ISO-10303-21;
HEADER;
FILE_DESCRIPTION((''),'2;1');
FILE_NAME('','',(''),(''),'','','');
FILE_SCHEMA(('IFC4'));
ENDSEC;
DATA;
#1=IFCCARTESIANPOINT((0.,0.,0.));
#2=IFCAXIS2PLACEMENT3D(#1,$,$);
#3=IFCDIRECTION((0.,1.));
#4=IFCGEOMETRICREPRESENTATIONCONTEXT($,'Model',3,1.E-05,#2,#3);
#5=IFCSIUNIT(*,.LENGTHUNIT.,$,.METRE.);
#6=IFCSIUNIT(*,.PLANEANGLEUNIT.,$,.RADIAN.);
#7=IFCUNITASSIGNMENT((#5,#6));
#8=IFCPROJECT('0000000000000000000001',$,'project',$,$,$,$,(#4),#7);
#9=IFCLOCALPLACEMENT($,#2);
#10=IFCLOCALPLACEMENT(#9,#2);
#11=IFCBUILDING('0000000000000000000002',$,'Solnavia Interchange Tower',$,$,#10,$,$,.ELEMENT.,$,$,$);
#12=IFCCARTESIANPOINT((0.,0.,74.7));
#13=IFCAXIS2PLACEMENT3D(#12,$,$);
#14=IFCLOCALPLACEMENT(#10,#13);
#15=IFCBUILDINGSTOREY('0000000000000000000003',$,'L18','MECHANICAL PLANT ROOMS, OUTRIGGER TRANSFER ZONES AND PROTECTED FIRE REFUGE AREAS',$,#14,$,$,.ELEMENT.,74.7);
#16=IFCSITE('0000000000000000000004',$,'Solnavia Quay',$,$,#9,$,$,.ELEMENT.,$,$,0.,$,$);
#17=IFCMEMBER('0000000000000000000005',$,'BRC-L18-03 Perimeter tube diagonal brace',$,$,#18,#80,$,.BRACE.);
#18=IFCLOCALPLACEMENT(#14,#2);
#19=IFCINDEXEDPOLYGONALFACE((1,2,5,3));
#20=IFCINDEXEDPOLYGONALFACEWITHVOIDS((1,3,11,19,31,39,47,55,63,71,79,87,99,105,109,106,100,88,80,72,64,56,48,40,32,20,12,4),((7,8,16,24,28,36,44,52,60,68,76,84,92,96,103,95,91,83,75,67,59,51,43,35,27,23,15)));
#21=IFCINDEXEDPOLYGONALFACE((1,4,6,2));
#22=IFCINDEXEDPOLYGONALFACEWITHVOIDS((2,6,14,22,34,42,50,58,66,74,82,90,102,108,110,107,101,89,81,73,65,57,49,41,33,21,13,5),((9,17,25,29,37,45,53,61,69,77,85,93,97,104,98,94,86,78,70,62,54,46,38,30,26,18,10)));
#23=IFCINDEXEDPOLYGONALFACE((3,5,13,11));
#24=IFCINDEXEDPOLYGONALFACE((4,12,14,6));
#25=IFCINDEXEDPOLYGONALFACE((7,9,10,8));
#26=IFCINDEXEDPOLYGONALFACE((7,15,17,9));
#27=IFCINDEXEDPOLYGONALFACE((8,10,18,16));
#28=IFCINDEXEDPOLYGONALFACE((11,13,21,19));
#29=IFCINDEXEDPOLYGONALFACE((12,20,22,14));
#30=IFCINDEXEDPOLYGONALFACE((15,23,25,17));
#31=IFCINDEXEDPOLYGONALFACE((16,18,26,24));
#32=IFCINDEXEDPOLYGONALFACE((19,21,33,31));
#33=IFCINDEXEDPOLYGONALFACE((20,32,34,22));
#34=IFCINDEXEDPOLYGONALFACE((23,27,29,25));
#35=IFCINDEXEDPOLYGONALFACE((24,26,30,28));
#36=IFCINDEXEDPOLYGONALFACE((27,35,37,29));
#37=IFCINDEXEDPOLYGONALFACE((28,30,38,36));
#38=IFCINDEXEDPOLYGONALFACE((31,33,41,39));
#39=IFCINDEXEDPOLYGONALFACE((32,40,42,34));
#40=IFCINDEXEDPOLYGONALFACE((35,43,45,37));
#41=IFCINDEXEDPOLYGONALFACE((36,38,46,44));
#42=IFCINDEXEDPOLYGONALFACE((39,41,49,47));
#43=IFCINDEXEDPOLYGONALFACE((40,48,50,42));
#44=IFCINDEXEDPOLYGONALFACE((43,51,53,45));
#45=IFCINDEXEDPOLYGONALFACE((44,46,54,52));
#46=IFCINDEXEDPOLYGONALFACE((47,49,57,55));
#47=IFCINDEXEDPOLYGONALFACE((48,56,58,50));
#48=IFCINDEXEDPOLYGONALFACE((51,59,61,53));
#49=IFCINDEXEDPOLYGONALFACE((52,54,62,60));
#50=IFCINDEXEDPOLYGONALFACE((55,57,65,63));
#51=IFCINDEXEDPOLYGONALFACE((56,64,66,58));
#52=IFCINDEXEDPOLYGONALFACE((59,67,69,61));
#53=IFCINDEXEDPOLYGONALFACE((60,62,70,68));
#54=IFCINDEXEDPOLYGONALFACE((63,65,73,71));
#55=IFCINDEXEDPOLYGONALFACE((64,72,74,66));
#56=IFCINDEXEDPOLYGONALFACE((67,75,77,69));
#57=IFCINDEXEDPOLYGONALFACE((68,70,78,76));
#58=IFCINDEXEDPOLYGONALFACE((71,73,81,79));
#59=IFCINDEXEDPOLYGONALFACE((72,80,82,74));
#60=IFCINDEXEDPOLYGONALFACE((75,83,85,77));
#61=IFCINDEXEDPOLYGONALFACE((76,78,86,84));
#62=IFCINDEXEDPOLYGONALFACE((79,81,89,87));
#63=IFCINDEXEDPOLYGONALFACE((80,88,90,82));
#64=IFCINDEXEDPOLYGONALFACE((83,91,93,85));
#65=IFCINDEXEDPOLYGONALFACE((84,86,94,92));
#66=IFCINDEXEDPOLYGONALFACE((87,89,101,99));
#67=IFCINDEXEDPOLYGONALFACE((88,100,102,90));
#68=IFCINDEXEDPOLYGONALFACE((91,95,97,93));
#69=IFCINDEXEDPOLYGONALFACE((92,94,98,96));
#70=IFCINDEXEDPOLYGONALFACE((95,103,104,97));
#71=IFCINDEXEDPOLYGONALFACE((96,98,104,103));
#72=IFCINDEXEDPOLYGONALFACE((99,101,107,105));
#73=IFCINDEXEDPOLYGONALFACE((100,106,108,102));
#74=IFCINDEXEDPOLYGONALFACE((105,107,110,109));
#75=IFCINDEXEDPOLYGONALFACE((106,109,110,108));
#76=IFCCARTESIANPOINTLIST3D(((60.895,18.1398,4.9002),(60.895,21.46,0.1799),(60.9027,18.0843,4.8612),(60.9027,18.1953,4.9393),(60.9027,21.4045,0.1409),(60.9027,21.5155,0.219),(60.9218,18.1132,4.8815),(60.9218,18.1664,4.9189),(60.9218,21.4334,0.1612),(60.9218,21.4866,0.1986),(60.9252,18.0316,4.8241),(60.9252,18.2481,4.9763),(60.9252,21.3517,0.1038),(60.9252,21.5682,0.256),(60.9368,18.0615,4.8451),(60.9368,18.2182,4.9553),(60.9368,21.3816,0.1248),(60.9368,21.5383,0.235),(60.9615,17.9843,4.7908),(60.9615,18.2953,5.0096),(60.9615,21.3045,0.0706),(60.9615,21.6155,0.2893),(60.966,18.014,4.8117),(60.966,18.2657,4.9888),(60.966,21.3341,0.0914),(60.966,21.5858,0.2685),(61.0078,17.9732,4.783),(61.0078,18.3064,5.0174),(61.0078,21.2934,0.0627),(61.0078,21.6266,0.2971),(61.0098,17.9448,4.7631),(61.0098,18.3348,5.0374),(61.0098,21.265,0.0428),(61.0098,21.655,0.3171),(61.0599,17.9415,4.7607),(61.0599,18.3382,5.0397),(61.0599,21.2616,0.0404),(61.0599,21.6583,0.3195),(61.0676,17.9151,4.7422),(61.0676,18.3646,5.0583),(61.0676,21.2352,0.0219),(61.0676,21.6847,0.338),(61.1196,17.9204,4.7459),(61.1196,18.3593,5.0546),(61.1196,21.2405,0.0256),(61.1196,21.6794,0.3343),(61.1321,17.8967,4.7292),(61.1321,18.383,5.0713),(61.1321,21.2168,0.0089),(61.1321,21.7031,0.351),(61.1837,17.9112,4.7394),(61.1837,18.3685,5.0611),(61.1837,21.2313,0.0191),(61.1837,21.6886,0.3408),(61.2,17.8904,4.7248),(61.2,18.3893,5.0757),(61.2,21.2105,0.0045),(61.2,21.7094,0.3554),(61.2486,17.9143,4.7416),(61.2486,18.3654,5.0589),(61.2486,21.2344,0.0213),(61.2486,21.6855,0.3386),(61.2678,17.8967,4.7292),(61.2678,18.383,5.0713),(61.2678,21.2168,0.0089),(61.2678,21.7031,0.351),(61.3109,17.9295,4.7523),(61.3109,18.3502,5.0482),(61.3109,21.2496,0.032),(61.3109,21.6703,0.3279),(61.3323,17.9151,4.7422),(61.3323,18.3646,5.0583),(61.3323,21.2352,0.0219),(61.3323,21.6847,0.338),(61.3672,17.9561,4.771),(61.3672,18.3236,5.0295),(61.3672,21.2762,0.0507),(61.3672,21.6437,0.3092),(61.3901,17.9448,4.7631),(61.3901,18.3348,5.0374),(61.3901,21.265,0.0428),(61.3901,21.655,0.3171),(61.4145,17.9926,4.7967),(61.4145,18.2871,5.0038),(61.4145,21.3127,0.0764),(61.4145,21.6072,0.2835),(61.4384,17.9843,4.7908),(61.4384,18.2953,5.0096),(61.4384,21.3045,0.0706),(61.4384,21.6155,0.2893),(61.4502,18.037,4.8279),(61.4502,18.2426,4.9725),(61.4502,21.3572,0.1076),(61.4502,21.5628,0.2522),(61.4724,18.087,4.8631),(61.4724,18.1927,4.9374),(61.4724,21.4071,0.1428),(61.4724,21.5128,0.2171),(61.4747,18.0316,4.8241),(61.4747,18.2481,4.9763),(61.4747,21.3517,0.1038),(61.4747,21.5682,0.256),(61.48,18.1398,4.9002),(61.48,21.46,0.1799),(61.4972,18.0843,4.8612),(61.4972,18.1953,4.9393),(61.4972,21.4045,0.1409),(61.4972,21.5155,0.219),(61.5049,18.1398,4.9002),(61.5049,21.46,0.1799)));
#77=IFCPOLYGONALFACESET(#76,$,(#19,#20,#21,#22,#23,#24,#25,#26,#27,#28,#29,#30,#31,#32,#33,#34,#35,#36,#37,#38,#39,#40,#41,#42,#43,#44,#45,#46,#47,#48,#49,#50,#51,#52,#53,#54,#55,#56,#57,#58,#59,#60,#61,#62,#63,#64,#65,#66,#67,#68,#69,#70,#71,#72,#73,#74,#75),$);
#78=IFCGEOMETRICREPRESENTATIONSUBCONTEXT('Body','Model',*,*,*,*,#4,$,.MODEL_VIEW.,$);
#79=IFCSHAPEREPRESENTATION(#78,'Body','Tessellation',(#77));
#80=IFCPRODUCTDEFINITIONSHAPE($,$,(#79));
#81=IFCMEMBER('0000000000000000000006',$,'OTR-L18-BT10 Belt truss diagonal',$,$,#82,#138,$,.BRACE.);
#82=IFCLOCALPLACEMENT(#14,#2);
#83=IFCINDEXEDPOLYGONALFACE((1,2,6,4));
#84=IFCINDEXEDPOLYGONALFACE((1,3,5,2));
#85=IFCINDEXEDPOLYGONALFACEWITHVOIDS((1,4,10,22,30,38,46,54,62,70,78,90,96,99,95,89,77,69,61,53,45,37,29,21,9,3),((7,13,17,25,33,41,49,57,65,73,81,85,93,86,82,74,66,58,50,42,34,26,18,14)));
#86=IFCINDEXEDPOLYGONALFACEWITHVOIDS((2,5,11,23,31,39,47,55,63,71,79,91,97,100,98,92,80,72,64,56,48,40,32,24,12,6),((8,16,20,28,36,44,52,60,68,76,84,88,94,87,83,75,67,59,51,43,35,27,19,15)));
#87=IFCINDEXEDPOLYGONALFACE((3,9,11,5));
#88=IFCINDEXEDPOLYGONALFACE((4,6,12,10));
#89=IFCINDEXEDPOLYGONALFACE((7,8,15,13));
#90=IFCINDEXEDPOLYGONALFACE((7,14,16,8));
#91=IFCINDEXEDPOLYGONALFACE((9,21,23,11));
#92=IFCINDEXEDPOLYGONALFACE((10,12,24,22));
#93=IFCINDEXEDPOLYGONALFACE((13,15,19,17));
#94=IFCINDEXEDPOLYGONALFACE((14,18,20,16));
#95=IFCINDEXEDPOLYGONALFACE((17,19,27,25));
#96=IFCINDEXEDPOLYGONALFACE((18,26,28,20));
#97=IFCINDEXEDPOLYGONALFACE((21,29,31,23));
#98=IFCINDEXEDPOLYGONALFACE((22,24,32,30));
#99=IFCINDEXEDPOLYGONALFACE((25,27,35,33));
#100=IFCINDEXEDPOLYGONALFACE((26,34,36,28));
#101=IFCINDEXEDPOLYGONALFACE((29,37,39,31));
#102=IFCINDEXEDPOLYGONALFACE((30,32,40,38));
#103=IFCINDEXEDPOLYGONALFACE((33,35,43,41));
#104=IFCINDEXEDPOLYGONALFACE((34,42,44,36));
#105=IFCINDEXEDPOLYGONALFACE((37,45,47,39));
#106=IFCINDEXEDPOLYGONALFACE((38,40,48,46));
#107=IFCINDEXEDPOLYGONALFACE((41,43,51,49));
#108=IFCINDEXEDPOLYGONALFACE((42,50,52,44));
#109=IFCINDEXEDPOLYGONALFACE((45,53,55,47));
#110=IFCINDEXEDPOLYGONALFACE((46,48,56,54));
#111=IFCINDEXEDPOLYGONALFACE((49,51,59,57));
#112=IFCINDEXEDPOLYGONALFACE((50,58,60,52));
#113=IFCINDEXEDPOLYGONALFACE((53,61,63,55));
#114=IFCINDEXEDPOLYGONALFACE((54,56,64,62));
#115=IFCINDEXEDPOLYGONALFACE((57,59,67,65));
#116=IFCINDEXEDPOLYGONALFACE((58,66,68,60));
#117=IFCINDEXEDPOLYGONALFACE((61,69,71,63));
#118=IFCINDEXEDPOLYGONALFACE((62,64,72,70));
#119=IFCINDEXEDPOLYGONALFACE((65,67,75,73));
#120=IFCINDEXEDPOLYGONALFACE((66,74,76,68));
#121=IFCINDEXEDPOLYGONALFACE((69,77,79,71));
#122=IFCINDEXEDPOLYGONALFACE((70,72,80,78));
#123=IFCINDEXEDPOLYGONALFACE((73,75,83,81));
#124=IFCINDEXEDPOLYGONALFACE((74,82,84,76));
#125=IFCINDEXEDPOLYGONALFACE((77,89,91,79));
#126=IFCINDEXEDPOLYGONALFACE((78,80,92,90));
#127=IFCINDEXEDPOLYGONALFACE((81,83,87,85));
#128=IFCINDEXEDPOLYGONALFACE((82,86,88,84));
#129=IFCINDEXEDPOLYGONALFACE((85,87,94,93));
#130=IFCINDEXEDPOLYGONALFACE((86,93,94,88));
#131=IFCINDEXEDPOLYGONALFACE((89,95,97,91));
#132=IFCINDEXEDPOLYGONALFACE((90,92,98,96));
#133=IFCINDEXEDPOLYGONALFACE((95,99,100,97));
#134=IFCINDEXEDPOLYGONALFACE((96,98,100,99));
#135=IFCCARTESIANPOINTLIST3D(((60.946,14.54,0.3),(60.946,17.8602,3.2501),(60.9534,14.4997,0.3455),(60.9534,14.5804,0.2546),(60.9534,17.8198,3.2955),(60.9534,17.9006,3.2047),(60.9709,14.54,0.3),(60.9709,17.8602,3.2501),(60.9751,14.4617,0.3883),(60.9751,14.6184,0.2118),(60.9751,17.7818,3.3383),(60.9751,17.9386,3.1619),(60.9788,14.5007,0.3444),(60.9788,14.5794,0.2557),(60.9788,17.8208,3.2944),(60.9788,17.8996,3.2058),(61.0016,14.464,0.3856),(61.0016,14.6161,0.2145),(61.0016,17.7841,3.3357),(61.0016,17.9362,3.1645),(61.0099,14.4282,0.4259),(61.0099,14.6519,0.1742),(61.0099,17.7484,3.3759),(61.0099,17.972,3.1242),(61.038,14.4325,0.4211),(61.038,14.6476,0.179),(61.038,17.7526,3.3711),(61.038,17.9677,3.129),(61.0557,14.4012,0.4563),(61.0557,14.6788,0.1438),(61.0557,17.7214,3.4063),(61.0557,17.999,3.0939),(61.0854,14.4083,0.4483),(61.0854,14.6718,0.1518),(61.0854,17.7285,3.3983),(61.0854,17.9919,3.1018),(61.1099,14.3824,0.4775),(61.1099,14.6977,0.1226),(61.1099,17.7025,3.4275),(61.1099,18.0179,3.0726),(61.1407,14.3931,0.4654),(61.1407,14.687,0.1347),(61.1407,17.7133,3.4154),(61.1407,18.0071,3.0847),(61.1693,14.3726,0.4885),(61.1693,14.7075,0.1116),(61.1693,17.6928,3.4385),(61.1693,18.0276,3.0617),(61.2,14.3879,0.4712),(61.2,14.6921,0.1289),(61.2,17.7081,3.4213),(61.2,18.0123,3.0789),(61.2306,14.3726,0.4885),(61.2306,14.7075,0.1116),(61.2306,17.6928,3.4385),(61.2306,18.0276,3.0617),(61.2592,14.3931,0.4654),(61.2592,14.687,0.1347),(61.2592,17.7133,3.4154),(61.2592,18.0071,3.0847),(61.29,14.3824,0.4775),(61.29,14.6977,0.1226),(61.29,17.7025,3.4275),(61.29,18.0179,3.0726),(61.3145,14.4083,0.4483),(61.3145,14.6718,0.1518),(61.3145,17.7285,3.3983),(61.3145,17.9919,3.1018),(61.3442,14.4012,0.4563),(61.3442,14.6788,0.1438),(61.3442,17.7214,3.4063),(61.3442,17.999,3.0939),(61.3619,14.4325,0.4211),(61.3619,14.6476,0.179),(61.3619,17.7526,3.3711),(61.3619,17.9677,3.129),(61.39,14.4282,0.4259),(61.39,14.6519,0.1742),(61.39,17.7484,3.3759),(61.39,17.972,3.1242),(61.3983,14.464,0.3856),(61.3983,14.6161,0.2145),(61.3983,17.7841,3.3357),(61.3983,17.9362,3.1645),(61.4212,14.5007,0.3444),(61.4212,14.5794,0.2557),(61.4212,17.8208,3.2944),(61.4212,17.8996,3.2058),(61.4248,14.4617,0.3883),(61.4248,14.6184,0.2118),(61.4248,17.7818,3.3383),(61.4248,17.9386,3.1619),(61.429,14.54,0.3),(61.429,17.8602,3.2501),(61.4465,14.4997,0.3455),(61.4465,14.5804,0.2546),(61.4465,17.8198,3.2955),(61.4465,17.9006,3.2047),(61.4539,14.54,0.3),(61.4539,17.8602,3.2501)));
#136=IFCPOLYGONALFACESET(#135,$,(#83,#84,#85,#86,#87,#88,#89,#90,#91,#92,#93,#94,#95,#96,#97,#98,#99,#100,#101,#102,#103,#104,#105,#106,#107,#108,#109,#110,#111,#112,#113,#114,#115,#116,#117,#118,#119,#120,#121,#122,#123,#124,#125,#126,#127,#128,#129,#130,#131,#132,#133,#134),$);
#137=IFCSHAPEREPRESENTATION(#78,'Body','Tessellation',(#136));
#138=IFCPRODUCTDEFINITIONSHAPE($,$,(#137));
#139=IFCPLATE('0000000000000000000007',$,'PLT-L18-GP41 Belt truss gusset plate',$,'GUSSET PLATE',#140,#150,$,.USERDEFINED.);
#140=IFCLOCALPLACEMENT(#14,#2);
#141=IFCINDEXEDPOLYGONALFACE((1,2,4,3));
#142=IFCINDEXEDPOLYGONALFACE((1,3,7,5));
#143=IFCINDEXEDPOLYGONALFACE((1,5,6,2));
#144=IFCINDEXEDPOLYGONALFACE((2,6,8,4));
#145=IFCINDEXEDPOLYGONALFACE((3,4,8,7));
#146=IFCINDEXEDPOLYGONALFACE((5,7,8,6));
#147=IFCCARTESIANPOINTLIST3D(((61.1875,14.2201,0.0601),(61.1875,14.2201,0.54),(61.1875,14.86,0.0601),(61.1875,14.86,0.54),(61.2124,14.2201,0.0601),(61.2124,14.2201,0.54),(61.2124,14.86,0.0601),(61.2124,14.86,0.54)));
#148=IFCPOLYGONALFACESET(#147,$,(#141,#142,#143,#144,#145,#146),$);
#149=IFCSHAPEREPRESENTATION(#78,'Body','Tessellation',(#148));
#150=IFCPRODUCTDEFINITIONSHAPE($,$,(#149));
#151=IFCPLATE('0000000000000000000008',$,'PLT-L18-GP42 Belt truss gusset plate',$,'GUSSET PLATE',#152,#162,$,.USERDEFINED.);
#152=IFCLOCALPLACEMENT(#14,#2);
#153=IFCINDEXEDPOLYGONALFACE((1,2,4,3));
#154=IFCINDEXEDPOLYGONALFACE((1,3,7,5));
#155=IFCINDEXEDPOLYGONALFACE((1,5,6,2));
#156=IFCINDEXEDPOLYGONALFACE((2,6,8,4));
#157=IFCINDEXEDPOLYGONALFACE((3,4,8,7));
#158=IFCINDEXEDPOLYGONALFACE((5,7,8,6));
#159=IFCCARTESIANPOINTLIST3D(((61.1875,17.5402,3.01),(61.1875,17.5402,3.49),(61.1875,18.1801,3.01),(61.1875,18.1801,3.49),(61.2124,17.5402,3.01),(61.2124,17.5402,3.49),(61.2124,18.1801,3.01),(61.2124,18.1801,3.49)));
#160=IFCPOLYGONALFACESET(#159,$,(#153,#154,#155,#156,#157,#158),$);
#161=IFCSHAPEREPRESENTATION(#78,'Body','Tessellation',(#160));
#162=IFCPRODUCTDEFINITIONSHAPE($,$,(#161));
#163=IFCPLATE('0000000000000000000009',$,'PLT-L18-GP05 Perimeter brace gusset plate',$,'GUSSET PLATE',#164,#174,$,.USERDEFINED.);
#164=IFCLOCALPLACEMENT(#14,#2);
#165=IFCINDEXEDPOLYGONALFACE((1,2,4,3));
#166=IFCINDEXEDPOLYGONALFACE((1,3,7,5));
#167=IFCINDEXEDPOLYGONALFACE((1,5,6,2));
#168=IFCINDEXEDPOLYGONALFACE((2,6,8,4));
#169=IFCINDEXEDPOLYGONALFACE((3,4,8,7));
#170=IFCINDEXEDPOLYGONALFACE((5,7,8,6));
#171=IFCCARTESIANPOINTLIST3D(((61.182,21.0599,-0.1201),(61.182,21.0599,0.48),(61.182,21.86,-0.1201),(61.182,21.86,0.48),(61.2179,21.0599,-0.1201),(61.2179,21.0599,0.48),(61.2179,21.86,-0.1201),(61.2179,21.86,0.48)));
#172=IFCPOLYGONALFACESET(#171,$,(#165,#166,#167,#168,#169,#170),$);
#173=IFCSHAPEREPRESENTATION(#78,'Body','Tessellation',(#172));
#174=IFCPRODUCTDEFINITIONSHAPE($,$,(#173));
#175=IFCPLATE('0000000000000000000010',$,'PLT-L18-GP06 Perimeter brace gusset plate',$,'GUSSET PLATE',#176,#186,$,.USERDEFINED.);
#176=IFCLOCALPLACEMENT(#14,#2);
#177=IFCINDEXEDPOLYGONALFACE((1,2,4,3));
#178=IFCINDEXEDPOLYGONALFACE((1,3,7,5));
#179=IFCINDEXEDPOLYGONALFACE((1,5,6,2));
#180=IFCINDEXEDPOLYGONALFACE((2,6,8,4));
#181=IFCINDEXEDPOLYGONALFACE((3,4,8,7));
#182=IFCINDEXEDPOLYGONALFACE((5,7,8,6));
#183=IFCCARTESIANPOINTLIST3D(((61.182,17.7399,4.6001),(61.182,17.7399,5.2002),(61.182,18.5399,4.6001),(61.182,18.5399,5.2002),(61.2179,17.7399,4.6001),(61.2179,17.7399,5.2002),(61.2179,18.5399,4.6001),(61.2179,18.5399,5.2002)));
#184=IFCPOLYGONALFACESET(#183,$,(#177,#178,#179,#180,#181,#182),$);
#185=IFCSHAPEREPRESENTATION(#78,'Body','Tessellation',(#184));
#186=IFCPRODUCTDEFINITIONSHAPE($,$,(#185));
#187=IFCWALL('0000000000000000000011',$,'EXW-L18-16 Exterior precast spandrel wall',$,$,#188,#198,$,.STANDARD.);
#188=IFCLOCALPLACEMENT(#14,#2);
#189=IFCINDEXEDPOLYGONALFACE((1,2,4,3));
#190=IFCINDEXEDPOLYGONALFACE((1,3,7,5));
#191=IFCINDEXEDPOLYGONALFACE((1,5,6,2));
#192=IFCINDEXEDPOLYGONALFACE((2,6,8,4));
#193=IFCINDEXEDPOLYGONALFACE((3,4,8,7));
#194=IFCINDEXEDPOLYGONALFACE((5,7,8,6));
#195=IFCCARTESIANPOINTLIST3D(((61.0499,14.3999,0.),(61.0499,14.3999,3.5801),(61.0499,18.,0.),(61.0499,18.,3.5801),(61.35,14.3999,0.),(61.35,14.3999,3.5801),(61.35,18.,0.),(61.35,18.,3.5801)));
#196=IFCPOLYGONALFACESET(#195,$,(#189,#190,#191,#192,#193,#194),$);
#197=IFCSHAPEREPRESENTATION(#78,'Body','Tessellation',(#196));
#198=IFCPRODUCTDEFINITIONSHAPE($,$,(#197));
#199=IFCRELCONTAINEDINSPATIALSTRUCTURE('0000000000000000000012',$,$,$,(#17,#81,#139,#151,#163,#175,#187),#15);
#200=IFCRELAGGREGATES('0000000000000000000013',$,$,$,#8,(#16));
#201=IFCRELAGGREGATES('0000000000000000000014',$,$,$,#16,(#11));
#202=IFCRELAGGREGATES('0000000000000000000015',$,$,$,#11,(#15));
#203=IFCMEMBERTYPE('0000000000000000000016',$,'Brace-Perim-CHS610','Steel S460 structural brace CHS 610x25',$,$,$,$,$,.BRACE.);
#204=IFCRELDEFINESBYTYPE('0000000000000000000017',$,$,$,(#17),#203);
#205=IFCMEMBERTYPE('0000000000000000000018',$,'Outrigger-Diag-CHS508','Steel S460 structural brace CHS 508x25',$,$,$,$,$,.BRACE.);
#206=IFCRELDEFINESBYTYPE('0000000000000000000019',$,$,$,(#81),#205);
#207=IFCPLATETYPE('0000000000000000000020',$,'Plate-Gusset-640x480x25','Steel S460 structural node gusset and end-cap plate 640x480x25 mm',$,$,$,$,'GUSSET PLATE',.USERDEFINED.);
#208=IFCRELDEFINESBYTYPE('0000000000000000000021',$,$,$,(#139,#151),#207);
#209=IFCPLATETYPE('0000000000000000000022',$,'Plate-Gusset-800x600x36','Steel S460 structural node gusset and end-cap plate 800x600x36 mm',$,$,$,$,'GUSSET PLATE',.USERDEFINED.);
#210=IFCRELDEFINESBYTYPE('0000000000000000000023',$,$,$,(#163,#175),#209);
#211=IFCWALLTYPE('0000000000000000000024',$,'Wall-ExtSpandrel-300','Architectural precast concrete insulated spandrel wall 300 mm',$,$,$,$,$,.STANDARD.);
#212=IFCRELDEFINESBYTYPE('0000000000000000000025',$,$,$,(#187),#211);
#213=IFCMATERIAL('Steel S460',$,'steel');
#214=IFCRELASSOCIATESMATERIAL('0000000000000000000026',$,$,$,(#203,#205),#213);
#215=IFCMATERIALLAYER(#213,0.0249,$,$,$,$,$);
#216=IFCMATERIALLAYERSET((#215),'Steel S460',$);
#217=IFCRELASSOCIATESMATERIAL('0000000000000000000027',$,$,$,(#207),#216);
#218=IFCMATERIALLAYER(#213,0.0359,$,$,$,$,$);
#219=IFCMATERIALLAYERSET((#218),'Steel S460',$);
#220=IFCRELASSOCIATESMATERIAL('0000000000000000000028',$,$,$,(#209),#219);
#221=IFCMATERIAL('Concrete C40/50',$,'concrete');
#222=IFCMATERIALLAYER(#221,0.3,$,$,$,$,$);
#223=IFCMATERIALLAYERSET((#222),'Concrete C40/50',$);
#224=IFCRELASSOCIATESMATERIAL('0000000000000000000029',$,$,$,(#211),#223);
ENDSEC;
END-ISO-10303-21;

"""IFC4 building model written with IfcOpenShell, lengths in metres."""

from ifc_helpers import new_model, si_unit, direction, frame, frame_2d, origin, origin_2d, place, context, subcontext, project, spatial, rectangle, hollow_circle, extrude, material, layer, layer_set, material_profile, profile_set, type_object, element, save


model = new_model("IFC4")

# Units and contexts
model_context = context("Model", 3, precision=1e-05, world=origin(), true_north=direction((0.0, 1.0)))
body_context = subcontext(model_context, "Body", "Model", "MODEL_VIEW")
ifc_project = project(units=[si_unit("LENGTHUNIT", "METRE"), si_unit("PLANEANGLEUNIT", "RADIAN")], contexts=[model_context])

# Site, building, storey
site_placement = place(None, origin())
site = spatial("IfcSite", under=ifc_project, at=site_placement, Name="Solnavia Quay", CompositionType="ELEMENT", RefElevation=0.0)
building_placement = place(site_placement, origin())
building = spatial("IfcBuilding", under=site, at=building_placement, Name="Solnavia Interchange Tower", CompositionType="ELEMENT")
storey_placement = place(building_placement, frame((0.0, 0.0, 74.7)))
storey = spatial("IfcBuildingStorey", under=building, at=storey_placement, Name="L18", Description="MECHANICAL PLANT ROOMS, OUTRIGGER TRANSFER ZONES AND PROTECTED FIRE REFUGE AREAS", CompositionType="ELEMENT", Elevation=74.7)

# Shared definitions
ifc_material_1 = material(Name="Steel S460", Category="steel")

# Members
ifc_material_profile_1 = material_profile(ifc_material_1, hollow_circle(Radius=0.3049, WallThickness=0.0249, at=origin_2d()), Name="CHS 610x25")
ifc_profile_set_1 = profile_set([ifc_material_profile_1], Name="Steel S460")
member_type_1 = type_object("IfcMemberType", Name="Brace-Perim-CHS610", Description="Steel S460 structural brace CHS 610x25", PredefinedType="BRACE", material=ifc_profile_set_1)
member_1_placement = place(storey_placement, frame((61.2, 21.46, 0.1799), z_axis=(0.0, -0.575312, 0.817934), x_axis=(1.0, 0.0, 0.0)))
element("IfcMember", 1, at=member_1_placement, inside=storey, type_object=member_type_1, Name="BRC-L18-03 Perimeter tube diagonal brace", PredefinedType="BRACE", context=body_context, shape_type="SweptSolid", body=[
    extrude(hollow_circle(Radius=0.3049, WallThickness=0.0249, at=origin_2d()), origin(), (0.0, 0.0, 1.0), 5.771),
])
ifc_material_profile_2 = material_profile(ifc_material_1, hollow_circle(Radius=0.2539, WallThickness=0.0249, at=origin_2d()), Name="CHS 508x25")
ifc_profile_set_2 = profile_set([ifc_material_profile_2], Name="Steel S460")
member_type_2 = type_object("IfcMemberType", Name="Outrigger-Diag-CHS508", Description="Steel S460 structural brace CHS 508x25", PredefinedType="BRACE", material=ifc_profile_set_2)
member_2_placement = place(storey_placement, frame((61.2, 14.54, 0.3), z_axis=(0.0, 0.747546, 0.66421), x_axis=(-1.0, 0.0, 0.0)))
element("IfcMember", 2, at=member_2_placement, inside=storey, type_object=member_type_2, Name="OTR-L18-BT10 Belt truss diagonal", PredefinedType="BRACE", context=body_context, shape_type="SweptSolid", body=[
    extrude(hollow_circle(Radius=0.2539, WallThickness=0.0249, at=origin_2d()), origin(), (0.0, 0.0, 1.0), 4.4414),
])

# Plates
ifc_layer_1 = layer(ifc_material_1, 0.0249)
ifc_layer_set_1 = layer_set([ifc_layer_1], Name="Steel S460")
plate_type_1 = type_object("IfcPlateType", Name="Plate-Gusset-640x480x25", Description="Steel S460 structural node gusset and end-cap plate 640x480x25 mm", ElementType="GUSSET PLATE", PredefinedType="USERDEFINED", material=ifc_layer_set_1)
for number, where, z_axis, x_axis, name in (
    (3, (61.2, 14.54, 0.0601), (0.0, 0.0, 1.0), (0.0, 1.0, 0.0), "PLT-L18-GP41 Belt truss gusset plate"),
    (4, (61.2, 17.8601, 3.01), (0.0, 0.0, 1.0), (0.0, 1.0, 0.0), "PLT-L18-GP42 Belt truss gusset plate"),
):
    element("IfcPlate", number, at=place(storey_placement, frame(where, z_axis=z_axis, x_axis=x_axis)), inside=storey, type_object=plate_type_1, Name=name, ObjectType="GUSSET PLATE", PredefinedType="USERDEFINED", context=body_context, shape_type="SweptSolid", body=[
        extrude(rectangle(XDim=0.6399, YDim=0.0249, at=origin_2d()), origin(), (0.0, 0.0, 1.0), 0.48),
    ])
ifc_layer_2 = layer(ifc_material_1, 0.0359)
ifc_layer_set_2 = layer_set([ifc_layer_2], Name="Steel S460")
plate_type_2 = type_object("IfcPlateType", Name="Plate-Gusset-800x600x36", Description="Steel S460 structural node gusset and end-cap plate 800x600x36 mm", ElementType="GUSSET PLATE", PredefinedType="USERDEFINED", material=ifc_layer_set_2)
for number, where, z_axis, x_axis, name in (
    (5, (61.2, 21.46, -0.1201), (0.0, 0.0, 1.0), (0.0, -1.0, 0.0), "PLT-L18-GP05 Perimeter brace gusset plate"),
    (6, (61.2, 18.1399, 4.6001), (0.0, 0.0, 1.0), (0.0, -1.0, 0.0), "PLT-L18-GP06 Perimeter brace gusset plate"),
):
    element("IfcPlate", number, at=place(storey_placement, frame(where, z_axis=z_axis, x_axis=x_axis)), inside=storey, type_object=plate_type_2, Name=name, ObjectType="GUSSET PLATE", PredefinedType="USERDEFINED", context=body_context, shape_type="SweptSolid", body=[
        extrude(rectangle(XDim=0.8, YDim=0.0359, at=origin_2d()), origin(), (0.0, 0.0, 1.0), 0.6001),
    ])

# Wall
ifc_material_2 = material(Name="Concrete C40/50", Category="concrete")
ifc_layer_3 = layer(ifc_material_2, 0.3)
ifc_layer_set_3 = layer_set([ifc_layer_3], Name="Concrete C40/50")
wall_type_1 = type_object("IfcWallType", Name="Wall-ExtSpandrel-300", Description="Architectural precast concrete insulated spandrel wall 300 mm", PredefinedType="STANDARD", material=ifc_layer_set_3)
wall_1_placement = place(storey_placement, frame((61.2, 18.0, 0.0), z_axis=(0.0, 0.0, 1.0), x_axis=(0.0, -1.0, 0.0)))
element("IfcWall", 7, at=wall_1_placement, inside=storey, type_object=wall_type_1, Name="EXW-L18-16 Exterior precast spandrel wall", PredefinedType="STANDARD", context=body_context, shape_type="SweptSolid", body=[
    extrude(rectangle(XDim=3.6001, YDim=0.3, at=frame_2d((1.8, 0.0))), origin(), (0.0, 0.0, 1.0), 3.5801),
])

save(model, "model.ifc")
